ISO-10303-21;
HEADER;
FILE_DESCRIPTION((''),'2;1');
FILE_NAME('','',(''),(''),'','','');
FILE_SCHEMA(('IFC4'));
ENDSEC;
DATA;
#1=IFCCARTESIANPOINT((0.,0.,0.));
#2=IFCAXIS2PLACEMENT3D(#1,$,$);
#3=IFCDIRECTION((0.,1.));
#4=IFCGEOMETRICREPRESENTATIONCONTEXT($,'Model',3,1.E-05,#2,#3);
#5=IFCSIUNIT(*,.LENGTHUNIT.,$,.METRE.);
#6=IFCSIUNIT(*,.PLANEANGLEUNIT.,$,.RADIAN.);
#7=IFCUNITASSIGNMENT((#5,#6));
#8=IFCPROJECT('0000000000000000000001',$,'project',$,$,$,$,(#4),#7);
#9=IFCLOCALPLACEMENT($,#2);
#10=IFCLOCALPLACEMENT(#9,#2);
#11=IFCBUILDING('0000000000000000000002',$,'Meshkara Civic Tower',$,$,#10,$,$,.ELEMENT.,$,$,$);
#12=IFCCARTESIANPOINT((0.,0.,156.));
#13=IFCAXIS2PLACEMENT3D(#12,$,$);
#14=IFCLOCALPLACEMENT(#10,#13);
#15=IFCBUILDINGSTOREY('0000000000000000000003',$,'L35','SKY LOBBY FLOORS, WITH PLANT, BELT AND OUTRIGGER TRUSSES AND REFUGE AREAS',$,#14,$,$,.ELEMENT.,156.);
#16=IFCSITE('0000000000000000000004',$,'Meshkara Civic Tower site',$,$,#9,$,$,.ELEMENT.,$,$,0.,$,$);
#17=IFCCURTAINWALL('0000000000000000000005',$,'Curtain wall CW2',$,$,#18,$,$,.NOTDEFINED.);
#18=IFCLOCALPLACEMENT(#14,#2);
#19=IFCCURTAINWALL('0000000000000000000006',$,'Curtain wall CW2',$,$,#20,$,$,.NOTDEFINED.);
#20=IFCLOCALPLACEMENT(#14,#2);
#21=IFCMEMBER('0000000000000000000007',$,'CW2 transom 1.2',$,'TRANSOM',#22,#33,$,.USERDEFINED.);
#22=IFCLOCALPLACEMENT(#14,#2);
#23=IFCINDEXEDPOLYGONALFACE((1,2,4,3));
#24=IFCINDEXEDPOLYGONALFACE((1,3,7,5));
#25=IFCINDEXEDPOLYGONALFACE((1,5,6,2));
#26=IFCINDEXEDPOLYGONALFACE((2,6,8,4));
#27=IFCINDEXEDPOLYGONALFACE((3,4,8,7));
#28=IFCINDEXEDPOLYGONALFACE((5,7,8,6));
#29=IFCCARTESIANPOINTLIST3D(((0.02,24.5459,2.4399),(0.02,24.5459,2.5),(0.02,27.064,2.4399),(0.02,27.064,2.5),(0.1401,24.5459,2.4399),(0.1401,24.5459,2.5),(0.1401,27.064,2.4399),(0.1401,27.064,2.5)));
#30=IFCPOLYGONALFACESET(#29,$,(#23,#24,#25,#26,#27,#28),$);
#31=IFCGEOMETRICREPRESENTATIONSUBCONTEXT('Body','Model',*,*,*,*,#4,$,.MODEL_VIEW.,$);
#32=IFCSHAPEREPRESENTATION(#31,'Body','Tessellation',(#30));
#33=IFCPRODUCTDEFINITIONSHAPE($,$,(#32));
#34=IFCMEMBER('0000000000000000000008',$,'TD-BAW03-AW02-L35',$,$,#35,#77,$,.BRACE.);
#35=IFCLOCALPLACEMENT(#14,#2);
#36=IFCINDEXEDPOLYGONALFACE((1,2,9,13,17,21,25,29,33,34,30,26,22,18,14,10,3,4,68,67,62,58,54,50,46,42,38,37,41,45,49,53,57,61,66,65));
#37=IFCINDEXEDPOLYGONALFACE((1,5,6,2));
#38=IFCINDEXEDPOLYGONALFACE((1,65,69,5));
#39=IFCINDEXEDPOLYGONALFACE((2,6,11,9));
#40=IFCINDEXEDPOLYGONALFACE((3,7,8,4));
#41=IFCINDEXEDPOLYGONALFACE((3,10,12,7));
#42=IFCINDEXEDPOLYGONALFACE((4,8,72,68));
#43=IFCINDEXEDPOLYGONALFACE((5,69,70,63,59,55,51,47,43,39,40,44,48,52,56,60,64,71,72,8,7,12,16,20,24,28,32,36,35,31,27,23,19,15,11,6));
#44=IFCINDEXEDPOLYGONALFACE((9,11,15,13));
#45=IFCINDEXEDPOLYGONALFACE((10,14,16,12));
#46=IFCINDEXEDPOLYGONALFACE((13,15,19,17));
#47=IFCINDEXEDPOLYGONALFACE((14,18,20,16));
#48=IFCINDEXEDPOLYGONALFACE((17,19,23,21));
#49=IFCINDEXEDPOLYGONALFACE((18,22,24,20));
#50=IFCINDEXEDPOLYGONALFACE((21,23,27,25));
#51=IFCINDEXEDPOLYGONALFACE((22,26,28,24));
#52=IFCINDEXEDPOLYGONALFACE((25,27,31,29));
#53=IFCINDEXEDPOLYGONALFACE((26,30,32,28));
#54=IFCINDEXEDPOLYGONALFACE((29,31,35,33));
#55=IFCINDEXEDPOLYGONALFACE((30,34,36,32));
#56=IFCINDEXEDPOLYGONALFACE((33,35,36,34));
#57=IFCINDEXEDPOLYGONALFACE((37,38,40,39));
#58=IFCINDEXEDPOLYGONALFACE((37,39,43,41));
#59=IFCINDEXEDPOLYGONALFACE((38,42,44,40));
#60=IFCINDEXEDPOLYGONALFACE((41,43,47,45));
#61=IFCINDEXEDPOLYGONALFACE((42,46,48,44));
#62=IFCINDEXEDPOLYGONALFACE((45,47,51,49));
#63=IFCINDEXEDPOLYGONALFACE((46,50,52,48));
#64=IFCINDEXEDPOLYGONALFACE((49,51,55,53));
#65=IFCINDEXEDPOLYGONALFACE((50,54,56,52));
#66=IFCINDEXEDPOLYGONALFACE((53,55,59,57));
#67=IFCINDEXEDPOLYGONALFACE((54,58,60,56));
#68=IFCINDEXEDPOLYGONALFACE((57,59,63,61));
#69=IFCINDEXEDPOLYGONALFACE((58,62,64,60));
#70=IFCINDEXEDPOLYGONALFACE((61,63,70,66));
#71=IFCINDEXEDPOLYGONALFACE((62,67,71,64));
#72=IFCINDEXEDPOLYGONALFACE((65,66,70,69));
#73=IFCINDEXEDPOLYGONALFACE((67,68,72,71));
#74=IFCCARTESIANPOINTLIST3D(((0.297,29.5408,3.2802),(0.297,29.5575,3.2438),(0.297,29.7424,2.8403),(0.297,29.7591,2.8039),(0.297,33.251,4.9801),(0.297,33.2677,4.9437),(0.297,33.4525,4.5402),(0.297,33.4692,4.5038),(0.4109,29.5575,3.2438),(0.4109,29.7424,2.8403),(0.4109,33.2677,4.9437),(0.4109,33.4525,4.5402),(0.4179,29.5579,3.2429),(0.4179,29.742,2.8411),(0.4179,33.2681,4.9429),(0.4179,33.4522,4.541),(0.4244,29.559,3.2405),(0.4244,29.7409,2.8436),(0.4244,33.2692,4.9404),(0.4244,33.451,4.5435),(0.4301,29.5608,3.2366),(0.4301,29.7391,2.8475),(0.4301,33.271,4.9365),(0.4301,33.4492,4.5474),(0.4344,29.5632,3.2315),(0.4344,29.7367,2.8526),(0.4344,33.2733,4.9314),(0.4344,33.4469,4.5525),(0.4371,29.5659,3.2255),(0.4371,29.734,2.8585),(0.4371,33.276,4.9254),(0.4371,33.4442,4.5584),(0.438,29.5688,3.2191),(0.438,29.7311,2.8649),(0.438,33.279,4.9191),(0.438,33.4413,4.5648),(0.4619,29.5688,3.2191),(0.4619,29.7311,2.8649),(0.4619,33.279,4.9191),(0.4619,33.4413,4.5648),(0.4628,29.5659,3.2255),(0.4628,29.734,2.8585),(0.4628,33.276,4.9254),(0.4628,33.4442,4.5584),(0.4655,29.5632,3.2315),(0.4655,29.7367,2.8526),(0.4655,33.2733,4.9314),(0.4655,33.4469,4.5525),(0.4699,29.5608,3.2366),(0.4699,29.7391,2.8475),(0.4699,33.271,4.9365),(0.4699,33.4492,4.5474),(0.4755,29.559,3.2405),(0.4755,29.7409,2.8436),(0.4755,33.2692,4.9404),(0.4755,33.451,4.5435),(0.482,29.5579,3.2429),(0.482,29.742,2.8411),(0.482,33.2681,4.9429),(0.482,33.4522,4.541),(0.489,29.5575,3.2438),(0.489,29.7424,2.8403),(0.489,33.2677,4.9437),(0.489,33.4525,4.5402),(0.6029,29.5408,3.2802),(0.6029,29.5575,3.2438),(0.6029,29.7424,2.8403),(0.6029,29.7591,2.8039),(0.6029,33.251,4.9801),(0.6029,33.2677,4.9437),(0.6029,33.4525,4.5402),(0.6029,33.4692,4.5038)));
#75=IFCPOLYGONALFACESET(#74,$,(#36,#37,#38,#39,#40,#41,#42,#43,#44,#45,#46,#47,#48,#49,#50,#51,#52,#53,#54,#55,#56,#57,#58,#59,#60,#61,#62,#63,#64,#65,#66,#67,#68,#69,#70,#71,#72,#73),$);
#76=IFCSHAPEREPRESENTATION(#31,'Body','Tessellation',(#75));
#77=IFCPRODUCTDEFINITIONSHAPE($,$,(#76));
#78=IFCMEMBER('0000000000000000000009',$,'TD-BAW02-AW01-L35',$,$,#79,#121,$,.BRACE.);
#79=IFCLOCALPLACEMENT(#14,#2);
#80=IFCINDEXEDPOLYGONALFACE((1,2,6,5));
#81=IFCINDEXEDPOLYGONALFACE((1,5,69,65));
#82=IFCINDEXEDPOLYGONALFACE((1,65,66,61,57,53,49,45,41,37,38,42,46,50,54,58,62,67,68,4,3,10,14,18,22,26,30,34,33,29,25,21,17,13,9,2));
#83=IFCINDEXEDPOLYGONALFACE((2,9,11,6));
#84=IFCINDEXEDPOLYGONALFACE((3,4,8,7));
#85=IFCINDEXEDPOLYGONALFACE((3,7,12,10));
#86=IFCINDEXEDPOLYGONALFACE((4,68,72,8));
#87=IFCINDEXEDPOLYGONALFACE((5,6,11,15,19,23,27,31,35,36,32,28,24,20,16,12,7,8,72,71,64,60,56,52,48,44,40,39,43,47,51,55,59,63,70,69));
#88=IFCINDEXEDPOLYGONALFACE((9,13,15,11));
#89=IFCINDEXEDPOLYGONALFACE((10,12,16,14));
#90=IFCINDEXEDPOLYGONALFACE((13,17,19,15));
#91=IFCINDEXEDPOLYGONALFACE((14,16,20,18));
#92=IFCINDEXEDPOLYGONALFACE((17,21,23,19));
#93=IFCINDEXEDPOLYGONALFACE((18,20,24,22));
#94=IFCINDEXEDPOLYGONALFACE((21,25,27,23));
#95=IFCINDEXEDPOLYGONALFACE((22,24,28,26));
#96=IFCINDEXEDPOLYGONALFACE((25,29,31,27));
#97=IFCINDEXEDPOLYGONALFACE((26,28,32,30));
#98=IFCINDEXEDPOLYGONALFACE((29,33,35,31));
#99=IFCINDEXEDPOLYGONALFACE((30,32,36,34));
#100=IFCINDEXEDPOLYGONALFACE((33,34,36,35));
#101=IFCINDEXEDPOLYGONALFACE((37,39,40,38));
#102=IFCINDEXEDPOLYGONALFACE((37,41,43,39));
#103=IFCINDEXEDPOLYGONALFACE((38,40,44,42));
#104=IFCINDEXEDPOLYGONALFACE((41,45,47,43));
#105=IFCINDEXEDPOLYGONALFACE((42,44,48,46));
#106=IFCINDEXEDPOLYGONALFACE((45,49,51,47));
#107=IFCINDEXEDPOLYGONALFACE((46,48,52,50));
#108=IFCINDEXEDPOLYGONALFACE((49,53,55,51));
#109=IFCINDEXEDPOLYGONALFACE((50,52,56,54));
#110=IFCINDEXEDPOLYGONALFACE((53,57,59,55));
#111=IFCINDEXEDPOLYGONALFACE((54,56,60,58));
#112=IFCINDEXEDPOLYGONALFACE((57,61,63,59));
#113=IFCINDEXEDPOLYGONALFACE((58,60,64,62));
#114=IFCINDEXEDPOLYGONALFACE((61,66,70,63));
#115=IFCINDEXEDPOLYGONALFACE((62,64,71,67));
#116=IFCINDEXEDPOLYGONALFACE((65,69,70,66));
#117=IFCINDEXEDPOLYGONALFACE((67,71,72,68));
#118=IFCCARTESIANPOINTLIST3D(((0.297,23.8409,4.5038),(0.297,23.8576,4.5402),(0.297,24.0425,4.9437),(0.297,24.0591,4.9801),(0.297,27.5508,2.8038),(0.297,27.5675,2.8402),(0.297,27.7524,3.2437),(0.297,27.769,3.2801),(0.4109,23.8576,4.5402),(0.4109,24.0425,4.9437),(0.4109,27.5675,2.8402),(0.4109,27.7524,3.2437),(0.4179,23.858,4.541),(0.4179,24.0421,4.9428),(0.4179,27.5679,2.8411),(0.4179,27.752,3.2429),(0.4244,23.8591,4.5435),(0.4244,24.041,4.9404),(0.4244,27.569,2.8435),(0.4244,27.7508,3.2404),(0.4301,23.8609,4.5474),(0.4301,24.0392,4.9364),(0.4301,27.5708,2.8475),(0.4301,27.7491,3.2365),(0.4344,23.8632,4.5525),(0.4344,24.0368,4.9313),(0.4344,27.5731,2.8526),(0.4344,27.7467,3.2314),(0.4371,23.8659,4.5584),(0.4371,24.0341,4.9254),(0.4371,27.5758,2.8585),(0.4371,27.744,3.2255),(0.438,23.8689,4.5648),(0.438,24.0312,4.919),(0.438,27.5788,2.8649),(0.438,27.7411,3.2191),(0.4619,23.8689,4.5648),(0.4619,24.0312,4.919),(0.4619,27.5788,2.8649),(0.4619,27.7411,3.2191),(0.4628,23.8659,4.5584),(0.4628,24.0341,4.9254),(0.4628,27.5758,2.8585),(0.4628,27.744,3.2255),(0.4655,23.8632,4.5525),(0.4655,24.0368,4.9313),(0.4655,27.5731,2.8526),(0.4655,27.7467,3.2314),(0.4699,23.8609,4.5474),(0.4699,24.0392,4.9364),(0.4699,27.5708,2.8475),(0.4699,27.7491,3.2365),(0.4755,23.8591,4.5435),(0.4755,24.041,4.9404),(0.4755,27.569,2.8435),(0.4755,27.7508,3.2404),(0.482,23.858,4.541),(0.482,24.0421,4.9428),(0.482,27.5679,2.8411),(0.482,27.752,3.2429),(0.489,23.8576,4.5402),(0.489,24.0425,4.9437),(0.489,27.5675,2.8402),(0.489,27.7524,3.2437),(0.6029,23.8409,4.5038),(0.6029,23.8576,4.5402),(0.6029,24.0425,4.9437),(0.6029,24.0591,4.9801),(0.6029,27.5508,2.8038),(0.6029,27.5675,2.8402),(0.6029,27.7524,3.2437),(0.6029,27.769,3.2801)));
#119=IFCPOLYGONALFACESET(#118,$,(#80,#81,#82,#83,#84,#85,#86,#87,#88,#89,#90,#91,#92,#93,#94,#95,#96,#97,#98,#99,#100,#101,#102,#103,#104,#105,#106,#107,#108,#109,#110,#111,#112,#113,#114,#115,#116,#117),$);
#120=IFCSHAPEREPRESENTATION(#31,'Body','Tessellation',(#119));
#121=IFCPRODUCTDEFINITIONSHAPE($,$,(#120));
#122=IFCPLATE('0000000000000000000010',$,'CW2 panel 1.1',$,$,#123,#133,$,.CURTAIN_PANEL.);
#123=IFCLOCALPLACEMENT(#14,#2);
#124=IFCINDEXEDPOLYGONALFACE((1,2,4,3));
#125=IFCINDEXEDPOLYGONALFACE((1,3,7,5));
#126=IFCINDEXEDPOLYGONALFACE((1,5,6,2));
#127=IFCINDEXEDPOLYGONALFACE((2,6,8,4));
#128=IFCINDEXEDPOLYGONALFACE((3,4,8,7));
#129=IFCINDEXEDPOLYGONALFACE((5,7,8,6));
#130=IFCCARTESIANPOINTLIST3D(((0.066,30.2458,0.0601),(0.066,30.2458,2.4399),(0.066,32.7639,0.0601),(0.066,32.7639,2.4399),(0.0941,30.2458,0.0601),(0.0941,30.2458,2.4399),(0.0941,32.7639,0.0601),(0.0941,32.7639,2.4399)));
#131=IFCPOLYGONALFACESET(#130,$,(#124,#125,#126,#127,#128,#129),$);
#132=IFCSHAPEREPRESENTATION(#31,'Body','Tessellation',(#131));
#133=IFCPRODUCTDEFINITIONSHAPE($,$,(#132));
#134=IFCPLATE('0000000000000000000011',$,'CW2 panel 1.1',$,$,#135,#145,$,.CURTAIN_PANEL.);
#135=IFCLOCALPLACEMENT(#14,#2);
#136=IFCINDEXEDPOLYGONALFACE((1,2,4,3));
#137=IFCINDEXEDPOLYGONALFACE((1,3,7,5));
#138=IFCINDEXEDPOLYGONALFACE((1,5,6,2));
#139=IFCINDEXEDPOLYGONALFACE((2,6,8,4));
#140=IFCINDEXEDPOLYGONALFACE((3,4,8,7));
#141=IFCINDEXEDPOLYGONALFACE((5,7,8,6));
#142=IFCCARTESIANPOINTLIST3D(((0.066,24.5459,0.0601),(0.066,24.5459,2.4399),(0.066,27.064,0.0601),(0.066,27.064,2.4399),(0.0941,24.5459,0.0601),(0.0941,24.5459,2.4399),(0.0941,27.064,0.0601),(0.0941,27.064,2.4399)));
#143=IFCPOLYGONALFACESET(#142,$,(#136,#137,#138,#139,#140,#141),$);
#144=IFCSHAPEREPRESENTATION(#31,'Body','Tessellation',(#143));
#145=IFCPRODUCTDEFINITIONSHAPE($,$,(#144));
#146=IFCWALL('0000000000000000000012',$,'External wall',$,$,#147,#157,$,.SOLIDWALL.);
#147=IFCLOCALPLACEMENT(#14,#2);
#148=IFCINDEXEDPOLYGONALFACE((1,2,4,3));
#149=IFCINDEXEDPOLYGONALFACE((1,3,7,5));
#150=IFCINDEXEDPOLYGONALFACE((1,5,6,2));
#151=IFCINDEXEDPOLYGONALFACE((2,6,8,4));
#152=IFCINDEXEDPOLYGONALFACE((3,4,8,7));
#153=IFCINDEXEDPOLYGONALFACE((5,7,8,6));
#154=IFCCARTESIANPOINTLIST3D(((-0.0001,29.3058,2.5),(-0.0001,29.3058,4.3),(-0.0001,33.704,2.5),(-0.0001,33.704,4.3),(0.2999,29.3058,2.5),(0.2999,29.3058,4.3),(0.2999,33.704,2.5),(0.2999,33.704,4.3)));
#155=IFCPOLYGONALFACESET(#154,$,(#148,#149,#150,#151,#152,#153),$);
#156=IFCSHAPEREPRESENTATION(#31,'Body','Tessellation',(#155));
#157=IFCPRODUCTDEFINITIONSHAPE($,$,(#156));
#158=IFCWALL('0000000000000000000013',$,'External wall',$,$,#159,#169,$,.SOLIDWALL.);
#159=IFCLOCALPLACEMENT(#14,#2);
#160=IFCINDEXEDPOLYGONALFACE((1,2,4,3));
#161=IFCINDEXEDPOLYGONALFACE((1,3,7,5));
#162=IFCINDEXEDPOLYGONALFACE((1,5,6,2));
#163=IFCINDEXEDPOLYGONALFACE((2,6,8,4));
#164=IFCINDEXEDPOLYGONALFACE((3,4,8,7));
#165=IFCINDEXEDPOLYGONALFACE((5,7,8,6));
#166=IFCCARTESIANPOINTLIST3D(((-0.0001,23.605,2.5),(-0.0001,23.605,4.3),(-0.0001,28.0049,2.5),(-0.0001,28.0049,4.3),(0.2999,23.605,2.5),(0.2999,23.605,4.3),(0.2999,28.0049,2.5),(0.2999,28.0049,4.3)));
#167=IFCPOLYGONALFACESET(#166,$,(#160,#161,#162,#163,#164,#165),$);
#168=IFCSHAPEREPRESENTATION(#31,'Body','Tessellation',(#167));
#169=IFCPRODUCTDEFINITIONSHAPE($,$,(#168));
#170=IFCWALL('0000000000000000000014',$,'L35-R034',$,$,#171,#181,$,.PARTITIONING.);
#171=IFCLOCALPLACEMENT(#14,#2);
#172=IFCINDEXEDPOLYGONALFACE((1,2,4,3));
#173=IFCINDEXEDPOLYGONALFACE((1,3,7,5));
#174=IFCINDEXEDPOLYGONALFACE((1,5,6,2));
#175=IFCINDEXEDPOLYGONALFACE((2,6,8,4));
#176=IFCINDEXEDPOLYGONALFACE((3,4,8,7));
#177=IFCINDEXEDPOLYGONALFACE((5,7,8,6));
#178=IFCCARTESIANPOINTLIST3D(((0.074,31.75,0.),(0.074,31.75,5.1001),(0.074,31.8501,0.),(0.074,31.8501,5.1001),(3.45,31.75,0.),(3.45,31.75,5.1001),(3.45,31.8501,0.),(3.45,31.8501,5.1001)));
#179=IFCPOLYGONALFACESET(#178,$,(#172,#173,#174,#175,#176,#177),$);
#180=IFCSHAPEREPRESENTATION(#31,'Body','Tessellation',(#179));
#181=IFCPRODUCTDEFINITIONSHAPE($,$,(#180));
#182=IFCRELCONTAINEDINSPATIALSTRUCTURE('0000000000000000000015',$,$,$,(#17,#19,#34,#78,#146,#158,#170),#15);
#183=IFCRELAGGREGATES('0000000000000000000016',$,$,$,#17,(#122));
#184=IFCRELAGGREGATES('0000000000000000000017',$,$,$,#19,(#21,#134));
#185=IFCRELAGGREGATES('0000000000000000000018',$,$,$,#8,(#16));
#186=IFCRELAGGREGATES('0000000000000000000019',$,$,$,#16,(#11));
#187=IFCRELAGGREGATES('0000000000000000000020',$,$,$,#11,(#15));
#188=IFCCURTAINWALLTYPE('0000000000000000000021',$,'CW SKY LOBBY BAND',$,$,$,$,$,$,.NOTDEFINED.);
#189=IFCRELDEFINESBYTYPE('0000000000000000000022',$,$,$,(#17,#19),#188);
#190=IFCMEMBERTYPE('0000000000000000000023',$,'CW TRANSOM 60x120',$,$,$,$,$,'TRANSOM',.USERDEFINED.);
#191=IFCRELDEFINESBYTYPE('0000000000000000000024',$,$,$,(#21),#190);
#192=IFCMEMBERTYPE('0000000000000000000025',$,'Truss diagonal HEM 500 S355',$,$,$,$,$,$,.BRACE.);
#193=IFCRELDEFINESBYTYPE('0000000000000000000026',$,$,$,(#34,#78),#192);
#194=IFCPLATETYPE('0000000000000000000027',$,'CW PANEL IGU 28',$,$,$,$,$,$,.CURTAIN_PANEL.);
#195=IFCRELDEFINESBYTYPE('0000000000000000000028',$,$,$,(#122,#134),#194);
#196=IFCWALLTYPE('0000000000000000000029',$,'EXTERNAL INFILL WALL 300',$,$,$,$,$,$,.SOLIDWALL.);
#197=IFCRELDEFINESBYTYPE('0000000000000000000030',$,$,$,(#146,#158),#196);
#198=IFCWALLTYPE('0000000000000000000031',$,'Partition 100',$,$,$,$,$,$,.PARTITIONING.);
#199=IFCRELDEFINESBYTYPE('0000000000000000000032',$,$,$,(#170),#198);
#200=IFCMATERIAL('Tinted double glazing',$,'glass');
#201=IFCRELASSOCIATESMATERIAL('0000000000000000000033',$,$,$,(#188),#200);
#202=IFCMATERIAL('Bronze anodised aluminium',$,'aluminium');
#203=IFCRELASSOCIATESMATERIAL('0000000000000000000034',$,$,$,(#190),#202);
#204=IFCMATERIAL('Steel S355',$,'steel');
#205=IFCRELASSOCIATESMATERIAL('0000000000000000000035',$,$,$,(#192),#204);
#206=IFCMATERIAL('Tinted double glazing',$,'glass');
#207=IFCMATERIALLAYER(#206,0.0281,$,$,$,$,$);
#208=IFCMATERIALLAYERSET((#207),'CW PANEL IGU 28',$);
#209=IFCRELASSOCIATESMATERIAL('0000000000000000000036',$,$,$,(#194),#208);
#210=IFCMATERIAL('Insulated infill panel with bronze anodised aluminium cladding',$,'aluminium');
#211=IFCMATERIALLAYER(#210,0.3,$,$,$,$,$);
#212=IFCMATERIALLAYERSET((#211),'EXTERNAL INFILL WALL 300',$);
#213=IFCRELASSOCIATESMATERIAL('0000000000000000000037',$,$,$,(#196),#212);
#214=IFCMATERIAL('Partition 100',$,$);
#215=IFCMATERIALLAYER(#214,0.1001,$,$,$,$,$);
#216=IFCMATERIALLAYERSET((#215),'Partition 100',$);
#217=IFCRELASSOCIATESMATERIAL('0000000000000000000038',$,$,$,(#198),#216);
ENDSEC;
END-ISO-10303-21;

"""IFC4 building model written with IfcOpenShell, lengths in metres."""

from ifc_helpers import new_model, si_unit, direction, frame, frame_2d, origin, origin_2d, place, context, subcontext, project, spatial, rectangle, i_section, extrude, material, layer, layer_set, material_profile, profile_set, type_object, element, aggregate, save


model = new_model("IFC4")

# Units and contexts
model_context = context("Model", 3, precision=1e-05, world=origin(), true_north=direction((0.0, 1.0)))
body_context = subcontext(model_context, "Body", "Model", "MODEL_VIEW")
ifc_project = project(units=[si_unit("LENGTHUNIT", "METRE"), si_unit("PLANEANGLEUNIT", "RADIAN")], contexts=[model_context])

# Site, building, storey
site_placement = place(None, origin())
site = spatial("IfcSite", under=ifc_project, at=site_placement, Name="Meshkara Civic Tower site", CompositionType="ELEMENT", RefElevation=0.0)
building_placement = place(site_placement, origin())
building = spatial("IfcBuilding", under=site, at=building_placement, Name="Meshkara Civic Tower", CompositionType="ELEMENT")
storey_placement = place(building_placement, frame((0.0, 0.0, 156.0)))
storey = spatial("IfcBuildingStorey", under=building, at=storey_placement, Name="L35", Description="SKY LOBBY FLOORS, WITH PLANT, BELT AND OUTRIGGER TRUSSES AND REFUGE AREAS", CompositionType="ELEMENT", Elevation=156.0)

# Curtain wall
ifc_material_1 = material(Name="Tinted double glazing", Category="glass")
curtain_wall_type = type_object("IfcCurtainWallType", Name="CW SKY LOBBY BAND", PredefinedType="NOTDEFINED", material=ifc_material_1)
curtain_wall_1_placement = place(storey_placement, origin())
curtain_wall_1 = element("IfcCurtainWall", 1, at=curtain_wall_1_placement, inside=storey, type_object=curtain_wall_type, Name="Curtain wall CW2", PredefinedType="NOTDEFINED")

# Curtain wall
curtain_wall_2_placement = place(storey_placement, origin())
curtain_wall_2 = element("IfcCurtainWall", 2, at=curtain_wall_2_placement, inside=storey, type_object=curtain_wall_type, Name="Curtain wall CW2", PredefinedType="NOTDEFINED")

# Member
ifc_material_2 = material(Name="Bronze anodised aluminium", Category="aluminium")
ifc_material_profile_1 = material_profile(ifc_material_2, rectangle(XDim=0.1201, YDim=0.0601, at=origin_2d()))
ifc_profile_set_1 = profile_set([ifc_material_profile_1], Name="Bronze anodised aluminium")
member_type_1 = type_object("IfcMemberType", Name="CW TRANSOM 60x120", ElementType="TRANSOM", PredefinedType="USERDEFINED", material=ifc_profile_set_1)
member_1_placement = place(storey_placement, frame((0.0801, 27.064, 2.47), z_axis=(0.0, -1.0, 0.0), x_axis=(1.0, 0.0, 0.0)))
member_1 = element("IfcMember", 3, at=member_1_placement, type_object=member_type_1, Name="CW2 transom 1.2", ObjectType="TRANSOM", PredefinedType="USERDEFINED", context=body_context, shape_type="SweptSolid", body=[
    extrude(rectangle(XDim=0.1201, YDim=0.0601, at=origin_2d()), origin(), (0.0, 0.0, 1.0), 2.5181),
])

# Members
ifc_material_3 = material(Name="Steel S355", Category="steel")
ifc_material_profile_2 = material_profile(ifc_material_3, i_section(OverallWidth=0.3059, OverallDepth=0.5239, WebThickness=0.0239, FlangeThickness=0.04, FilletRadius=0.0271, at=origin_2d()))
ifc_profile_set_2 = profile_set([ifc_material_profile_2], Name="Steel S355")
member_type_2 = type_object("IfcMemberType", Name="Truss diagonal HEM 500 S355", PredefinedType="BRACE", material=ifc_profile_set_2)
member_2_placement = place(storey_placement, frame((0.45, 33.3601, 4.7419), z_axis=(0.0, -0.909117, -0.416541), x_axis=(1.0, 0.0, 0.0)))
element("IfcMember", 4, at=member_2_placement, inside=storey, type_object=member_type_2, Name="TD-BAW03-AW02-L35", PredefinedType="BRACE", context=body_context, shape_type="SweptSolid", body=[
    extrude(i_section(OverallWidth=0.3059, OverallDepth=0.5239, WebThickness=0.0239, FlangeThickness=0.04, FilletRadius=0.0271, at=origin_2d()), origin(), (0.0, 0.0, 1.0), 4.0811),
])
member_3_placement = place(storey_placement, frame((0.45, 27.6599, 3.042), z_axis=(0.0, -0.909106, 0.416564), x_axis=(1.0, 0.0, 0.0)))
element("IfcMember", 5, at=member_3_placement, inside=storey, type_object=member_type_2, Name="TD-BAW02-AW01-L35", PredefinedType="BRACE", context=body_context, shape_type="SweptSolid", body=[
    extrude(i_section(OverallWidth=0.3059, OverallDepth=0.5239, WebThickness=0.0239, FlangeThickness=0.04, FilletRadius=0.0271, at=origin_2d()), origin(), (0.0, 0.0, 1.0), 4.0808),
])

# Plates
ifc_material_4 = material(Name="Tinted double glazing", Category="glass")
ifc_layer_1 = layer(ifc_material_4, 0.0281)
ifc_layer_set_1 = layer_set([ifc_layer_1], Name="CW PANEL IGU 28")
plate_type = type_object("IfcPlateType", Name="CW PANEL IGU 28", PredefinedType="CURTAIN_PANEL", material=ifc_layer_set_1)
plate_1_placement = place(storey_placement, frame((0.0801, 31.5049, 0.0601), z_axis=(0.0, 0.0, 1.0), x_axis=(0.0, -1.0, 0.0)))
plate_1 = element("IfcPlate", 6, at=plate_1_placement, type_object=plate_type, Name="CW2 panel 1.1", PredefinedType="CURTAIN_PANEL", context=body_context, shape_type="SweptSolid", body=[
    extrude(rectangle(XDim=2.5181, YDim=0.0281, at=origin_2d()), origin(), (0.0, 0.0, 1.0), 2.3799),
])
aggregate(curtain_wall_1, [plate_1])
plate_2_placement = place(storey_placement, frame((0.0801, 25.8049, 0.0601), z_axis=(0.0, 0.0, 1.0), x_axis=(0.0, -1.0, 0.0)))
plate_2 = element("IfcPlate", 7, at=plate_2_placement, type_object=plate_type, Name="CW2 panel 1.1", PredefinedType="CURTAIN_PANEL", context=body_context, shape_type="SweptSolid", body=[
    extrude(rectangle(XDim=2.5181, YDim=0.0281, at=origin_2d()), origin(), (0.0, 0.0, 1.0), 2.3799),
])
aggregate(curtain_wall_2, [member_1, plate_2])

# Walls
ifc_material_5 = material(Name="Insulated infill panel with bronze anodised aluminium cladding", Category="aluminium")
ifc_layer_2 = layer(ifc_material_5, 0.3)
ifc_layer_set_2 = layer_set([ifc_layer_2], Name="EXTERNAL INFILL WALL 300")
wall_type_1 = type_object("IfcWallType", Name="EXTERNAL INFILL WALL 300", PredefinedType="SOLIDWALL", material=ifc_layer_set_2)
wall_1_placement = place(storey_placement, frame((0.1499, 33.7041, 2.5), z_axis=(0.0, 0.0, 1.0), x_axis=(0.0, -1.0, 0.0)))
element("IfcWall", 8, at=wall_1_placement, inside=storey, type_object=wall_type_1, Name="External wall", PredefinedType="SOLIDWALL", context=body_context, shape_type="SweptSolid", body=[
    extrude(rectangle(XDim=4.3982, YDim=0.3, at=frame_2d((2.1992, 0.0))), origin(), (0.0, 0.0, 1.0), 1.8),
])
wall_2_placement = place(storey_placement, frame((0.1499, 28.0049, 2.5), z_axis=(0.0, 0.0, 1.0), x_axis=(0.0, -1.0, 0.0)))
element("IfcWall", 9, at=wall_2_placement, inside=storey, type_object=wall_type_1, Name="External wall", PredefinedType="SOLIDWALL", context=body_context, shape_type="SweptSolid", body=[
    extrude(rectangle(XDim=4.3999, YDim=0.3, at=frame_2d((2.2, 0.0))), origin(), (0.0, 0.0, 1.0), 1.8),
])
ifc_material_6 = material(Name="Partition 100")
ifc_layer_3 = layer(ifc_material_6, 0.1001)
ifc_layer_set_3 = layer_set([ifc_layer_3], Name="Partition 100")
wall_type_2 = type_object("IfcWallType", Name="Partition 100", PredefinedType="PARTITIONING", material=ifc_layer_set_3)
wall_3_placement = place(storey_placement, frame((3.45, 31.8, 0.0), z_axis=(0.0, 0.0, 1.0), x_axis=(-1.0, 0.0, 0.0)))
element("IfcWall", 10, at=wall_3_placement, inside=storey, type_object=wall_type_2, Name="L35-R034", PredefinedType="PARTITIONING", context=body_context, shape_type="SweptSolid", body=[
    extrude(rectangle(XDim=3.376, YDim=0.1001, at=frame_2d((1.688, 0.0))), origin(), (0.0, 0.0, 1.0), 5.1001),
])

save(model, "model.ifc")
